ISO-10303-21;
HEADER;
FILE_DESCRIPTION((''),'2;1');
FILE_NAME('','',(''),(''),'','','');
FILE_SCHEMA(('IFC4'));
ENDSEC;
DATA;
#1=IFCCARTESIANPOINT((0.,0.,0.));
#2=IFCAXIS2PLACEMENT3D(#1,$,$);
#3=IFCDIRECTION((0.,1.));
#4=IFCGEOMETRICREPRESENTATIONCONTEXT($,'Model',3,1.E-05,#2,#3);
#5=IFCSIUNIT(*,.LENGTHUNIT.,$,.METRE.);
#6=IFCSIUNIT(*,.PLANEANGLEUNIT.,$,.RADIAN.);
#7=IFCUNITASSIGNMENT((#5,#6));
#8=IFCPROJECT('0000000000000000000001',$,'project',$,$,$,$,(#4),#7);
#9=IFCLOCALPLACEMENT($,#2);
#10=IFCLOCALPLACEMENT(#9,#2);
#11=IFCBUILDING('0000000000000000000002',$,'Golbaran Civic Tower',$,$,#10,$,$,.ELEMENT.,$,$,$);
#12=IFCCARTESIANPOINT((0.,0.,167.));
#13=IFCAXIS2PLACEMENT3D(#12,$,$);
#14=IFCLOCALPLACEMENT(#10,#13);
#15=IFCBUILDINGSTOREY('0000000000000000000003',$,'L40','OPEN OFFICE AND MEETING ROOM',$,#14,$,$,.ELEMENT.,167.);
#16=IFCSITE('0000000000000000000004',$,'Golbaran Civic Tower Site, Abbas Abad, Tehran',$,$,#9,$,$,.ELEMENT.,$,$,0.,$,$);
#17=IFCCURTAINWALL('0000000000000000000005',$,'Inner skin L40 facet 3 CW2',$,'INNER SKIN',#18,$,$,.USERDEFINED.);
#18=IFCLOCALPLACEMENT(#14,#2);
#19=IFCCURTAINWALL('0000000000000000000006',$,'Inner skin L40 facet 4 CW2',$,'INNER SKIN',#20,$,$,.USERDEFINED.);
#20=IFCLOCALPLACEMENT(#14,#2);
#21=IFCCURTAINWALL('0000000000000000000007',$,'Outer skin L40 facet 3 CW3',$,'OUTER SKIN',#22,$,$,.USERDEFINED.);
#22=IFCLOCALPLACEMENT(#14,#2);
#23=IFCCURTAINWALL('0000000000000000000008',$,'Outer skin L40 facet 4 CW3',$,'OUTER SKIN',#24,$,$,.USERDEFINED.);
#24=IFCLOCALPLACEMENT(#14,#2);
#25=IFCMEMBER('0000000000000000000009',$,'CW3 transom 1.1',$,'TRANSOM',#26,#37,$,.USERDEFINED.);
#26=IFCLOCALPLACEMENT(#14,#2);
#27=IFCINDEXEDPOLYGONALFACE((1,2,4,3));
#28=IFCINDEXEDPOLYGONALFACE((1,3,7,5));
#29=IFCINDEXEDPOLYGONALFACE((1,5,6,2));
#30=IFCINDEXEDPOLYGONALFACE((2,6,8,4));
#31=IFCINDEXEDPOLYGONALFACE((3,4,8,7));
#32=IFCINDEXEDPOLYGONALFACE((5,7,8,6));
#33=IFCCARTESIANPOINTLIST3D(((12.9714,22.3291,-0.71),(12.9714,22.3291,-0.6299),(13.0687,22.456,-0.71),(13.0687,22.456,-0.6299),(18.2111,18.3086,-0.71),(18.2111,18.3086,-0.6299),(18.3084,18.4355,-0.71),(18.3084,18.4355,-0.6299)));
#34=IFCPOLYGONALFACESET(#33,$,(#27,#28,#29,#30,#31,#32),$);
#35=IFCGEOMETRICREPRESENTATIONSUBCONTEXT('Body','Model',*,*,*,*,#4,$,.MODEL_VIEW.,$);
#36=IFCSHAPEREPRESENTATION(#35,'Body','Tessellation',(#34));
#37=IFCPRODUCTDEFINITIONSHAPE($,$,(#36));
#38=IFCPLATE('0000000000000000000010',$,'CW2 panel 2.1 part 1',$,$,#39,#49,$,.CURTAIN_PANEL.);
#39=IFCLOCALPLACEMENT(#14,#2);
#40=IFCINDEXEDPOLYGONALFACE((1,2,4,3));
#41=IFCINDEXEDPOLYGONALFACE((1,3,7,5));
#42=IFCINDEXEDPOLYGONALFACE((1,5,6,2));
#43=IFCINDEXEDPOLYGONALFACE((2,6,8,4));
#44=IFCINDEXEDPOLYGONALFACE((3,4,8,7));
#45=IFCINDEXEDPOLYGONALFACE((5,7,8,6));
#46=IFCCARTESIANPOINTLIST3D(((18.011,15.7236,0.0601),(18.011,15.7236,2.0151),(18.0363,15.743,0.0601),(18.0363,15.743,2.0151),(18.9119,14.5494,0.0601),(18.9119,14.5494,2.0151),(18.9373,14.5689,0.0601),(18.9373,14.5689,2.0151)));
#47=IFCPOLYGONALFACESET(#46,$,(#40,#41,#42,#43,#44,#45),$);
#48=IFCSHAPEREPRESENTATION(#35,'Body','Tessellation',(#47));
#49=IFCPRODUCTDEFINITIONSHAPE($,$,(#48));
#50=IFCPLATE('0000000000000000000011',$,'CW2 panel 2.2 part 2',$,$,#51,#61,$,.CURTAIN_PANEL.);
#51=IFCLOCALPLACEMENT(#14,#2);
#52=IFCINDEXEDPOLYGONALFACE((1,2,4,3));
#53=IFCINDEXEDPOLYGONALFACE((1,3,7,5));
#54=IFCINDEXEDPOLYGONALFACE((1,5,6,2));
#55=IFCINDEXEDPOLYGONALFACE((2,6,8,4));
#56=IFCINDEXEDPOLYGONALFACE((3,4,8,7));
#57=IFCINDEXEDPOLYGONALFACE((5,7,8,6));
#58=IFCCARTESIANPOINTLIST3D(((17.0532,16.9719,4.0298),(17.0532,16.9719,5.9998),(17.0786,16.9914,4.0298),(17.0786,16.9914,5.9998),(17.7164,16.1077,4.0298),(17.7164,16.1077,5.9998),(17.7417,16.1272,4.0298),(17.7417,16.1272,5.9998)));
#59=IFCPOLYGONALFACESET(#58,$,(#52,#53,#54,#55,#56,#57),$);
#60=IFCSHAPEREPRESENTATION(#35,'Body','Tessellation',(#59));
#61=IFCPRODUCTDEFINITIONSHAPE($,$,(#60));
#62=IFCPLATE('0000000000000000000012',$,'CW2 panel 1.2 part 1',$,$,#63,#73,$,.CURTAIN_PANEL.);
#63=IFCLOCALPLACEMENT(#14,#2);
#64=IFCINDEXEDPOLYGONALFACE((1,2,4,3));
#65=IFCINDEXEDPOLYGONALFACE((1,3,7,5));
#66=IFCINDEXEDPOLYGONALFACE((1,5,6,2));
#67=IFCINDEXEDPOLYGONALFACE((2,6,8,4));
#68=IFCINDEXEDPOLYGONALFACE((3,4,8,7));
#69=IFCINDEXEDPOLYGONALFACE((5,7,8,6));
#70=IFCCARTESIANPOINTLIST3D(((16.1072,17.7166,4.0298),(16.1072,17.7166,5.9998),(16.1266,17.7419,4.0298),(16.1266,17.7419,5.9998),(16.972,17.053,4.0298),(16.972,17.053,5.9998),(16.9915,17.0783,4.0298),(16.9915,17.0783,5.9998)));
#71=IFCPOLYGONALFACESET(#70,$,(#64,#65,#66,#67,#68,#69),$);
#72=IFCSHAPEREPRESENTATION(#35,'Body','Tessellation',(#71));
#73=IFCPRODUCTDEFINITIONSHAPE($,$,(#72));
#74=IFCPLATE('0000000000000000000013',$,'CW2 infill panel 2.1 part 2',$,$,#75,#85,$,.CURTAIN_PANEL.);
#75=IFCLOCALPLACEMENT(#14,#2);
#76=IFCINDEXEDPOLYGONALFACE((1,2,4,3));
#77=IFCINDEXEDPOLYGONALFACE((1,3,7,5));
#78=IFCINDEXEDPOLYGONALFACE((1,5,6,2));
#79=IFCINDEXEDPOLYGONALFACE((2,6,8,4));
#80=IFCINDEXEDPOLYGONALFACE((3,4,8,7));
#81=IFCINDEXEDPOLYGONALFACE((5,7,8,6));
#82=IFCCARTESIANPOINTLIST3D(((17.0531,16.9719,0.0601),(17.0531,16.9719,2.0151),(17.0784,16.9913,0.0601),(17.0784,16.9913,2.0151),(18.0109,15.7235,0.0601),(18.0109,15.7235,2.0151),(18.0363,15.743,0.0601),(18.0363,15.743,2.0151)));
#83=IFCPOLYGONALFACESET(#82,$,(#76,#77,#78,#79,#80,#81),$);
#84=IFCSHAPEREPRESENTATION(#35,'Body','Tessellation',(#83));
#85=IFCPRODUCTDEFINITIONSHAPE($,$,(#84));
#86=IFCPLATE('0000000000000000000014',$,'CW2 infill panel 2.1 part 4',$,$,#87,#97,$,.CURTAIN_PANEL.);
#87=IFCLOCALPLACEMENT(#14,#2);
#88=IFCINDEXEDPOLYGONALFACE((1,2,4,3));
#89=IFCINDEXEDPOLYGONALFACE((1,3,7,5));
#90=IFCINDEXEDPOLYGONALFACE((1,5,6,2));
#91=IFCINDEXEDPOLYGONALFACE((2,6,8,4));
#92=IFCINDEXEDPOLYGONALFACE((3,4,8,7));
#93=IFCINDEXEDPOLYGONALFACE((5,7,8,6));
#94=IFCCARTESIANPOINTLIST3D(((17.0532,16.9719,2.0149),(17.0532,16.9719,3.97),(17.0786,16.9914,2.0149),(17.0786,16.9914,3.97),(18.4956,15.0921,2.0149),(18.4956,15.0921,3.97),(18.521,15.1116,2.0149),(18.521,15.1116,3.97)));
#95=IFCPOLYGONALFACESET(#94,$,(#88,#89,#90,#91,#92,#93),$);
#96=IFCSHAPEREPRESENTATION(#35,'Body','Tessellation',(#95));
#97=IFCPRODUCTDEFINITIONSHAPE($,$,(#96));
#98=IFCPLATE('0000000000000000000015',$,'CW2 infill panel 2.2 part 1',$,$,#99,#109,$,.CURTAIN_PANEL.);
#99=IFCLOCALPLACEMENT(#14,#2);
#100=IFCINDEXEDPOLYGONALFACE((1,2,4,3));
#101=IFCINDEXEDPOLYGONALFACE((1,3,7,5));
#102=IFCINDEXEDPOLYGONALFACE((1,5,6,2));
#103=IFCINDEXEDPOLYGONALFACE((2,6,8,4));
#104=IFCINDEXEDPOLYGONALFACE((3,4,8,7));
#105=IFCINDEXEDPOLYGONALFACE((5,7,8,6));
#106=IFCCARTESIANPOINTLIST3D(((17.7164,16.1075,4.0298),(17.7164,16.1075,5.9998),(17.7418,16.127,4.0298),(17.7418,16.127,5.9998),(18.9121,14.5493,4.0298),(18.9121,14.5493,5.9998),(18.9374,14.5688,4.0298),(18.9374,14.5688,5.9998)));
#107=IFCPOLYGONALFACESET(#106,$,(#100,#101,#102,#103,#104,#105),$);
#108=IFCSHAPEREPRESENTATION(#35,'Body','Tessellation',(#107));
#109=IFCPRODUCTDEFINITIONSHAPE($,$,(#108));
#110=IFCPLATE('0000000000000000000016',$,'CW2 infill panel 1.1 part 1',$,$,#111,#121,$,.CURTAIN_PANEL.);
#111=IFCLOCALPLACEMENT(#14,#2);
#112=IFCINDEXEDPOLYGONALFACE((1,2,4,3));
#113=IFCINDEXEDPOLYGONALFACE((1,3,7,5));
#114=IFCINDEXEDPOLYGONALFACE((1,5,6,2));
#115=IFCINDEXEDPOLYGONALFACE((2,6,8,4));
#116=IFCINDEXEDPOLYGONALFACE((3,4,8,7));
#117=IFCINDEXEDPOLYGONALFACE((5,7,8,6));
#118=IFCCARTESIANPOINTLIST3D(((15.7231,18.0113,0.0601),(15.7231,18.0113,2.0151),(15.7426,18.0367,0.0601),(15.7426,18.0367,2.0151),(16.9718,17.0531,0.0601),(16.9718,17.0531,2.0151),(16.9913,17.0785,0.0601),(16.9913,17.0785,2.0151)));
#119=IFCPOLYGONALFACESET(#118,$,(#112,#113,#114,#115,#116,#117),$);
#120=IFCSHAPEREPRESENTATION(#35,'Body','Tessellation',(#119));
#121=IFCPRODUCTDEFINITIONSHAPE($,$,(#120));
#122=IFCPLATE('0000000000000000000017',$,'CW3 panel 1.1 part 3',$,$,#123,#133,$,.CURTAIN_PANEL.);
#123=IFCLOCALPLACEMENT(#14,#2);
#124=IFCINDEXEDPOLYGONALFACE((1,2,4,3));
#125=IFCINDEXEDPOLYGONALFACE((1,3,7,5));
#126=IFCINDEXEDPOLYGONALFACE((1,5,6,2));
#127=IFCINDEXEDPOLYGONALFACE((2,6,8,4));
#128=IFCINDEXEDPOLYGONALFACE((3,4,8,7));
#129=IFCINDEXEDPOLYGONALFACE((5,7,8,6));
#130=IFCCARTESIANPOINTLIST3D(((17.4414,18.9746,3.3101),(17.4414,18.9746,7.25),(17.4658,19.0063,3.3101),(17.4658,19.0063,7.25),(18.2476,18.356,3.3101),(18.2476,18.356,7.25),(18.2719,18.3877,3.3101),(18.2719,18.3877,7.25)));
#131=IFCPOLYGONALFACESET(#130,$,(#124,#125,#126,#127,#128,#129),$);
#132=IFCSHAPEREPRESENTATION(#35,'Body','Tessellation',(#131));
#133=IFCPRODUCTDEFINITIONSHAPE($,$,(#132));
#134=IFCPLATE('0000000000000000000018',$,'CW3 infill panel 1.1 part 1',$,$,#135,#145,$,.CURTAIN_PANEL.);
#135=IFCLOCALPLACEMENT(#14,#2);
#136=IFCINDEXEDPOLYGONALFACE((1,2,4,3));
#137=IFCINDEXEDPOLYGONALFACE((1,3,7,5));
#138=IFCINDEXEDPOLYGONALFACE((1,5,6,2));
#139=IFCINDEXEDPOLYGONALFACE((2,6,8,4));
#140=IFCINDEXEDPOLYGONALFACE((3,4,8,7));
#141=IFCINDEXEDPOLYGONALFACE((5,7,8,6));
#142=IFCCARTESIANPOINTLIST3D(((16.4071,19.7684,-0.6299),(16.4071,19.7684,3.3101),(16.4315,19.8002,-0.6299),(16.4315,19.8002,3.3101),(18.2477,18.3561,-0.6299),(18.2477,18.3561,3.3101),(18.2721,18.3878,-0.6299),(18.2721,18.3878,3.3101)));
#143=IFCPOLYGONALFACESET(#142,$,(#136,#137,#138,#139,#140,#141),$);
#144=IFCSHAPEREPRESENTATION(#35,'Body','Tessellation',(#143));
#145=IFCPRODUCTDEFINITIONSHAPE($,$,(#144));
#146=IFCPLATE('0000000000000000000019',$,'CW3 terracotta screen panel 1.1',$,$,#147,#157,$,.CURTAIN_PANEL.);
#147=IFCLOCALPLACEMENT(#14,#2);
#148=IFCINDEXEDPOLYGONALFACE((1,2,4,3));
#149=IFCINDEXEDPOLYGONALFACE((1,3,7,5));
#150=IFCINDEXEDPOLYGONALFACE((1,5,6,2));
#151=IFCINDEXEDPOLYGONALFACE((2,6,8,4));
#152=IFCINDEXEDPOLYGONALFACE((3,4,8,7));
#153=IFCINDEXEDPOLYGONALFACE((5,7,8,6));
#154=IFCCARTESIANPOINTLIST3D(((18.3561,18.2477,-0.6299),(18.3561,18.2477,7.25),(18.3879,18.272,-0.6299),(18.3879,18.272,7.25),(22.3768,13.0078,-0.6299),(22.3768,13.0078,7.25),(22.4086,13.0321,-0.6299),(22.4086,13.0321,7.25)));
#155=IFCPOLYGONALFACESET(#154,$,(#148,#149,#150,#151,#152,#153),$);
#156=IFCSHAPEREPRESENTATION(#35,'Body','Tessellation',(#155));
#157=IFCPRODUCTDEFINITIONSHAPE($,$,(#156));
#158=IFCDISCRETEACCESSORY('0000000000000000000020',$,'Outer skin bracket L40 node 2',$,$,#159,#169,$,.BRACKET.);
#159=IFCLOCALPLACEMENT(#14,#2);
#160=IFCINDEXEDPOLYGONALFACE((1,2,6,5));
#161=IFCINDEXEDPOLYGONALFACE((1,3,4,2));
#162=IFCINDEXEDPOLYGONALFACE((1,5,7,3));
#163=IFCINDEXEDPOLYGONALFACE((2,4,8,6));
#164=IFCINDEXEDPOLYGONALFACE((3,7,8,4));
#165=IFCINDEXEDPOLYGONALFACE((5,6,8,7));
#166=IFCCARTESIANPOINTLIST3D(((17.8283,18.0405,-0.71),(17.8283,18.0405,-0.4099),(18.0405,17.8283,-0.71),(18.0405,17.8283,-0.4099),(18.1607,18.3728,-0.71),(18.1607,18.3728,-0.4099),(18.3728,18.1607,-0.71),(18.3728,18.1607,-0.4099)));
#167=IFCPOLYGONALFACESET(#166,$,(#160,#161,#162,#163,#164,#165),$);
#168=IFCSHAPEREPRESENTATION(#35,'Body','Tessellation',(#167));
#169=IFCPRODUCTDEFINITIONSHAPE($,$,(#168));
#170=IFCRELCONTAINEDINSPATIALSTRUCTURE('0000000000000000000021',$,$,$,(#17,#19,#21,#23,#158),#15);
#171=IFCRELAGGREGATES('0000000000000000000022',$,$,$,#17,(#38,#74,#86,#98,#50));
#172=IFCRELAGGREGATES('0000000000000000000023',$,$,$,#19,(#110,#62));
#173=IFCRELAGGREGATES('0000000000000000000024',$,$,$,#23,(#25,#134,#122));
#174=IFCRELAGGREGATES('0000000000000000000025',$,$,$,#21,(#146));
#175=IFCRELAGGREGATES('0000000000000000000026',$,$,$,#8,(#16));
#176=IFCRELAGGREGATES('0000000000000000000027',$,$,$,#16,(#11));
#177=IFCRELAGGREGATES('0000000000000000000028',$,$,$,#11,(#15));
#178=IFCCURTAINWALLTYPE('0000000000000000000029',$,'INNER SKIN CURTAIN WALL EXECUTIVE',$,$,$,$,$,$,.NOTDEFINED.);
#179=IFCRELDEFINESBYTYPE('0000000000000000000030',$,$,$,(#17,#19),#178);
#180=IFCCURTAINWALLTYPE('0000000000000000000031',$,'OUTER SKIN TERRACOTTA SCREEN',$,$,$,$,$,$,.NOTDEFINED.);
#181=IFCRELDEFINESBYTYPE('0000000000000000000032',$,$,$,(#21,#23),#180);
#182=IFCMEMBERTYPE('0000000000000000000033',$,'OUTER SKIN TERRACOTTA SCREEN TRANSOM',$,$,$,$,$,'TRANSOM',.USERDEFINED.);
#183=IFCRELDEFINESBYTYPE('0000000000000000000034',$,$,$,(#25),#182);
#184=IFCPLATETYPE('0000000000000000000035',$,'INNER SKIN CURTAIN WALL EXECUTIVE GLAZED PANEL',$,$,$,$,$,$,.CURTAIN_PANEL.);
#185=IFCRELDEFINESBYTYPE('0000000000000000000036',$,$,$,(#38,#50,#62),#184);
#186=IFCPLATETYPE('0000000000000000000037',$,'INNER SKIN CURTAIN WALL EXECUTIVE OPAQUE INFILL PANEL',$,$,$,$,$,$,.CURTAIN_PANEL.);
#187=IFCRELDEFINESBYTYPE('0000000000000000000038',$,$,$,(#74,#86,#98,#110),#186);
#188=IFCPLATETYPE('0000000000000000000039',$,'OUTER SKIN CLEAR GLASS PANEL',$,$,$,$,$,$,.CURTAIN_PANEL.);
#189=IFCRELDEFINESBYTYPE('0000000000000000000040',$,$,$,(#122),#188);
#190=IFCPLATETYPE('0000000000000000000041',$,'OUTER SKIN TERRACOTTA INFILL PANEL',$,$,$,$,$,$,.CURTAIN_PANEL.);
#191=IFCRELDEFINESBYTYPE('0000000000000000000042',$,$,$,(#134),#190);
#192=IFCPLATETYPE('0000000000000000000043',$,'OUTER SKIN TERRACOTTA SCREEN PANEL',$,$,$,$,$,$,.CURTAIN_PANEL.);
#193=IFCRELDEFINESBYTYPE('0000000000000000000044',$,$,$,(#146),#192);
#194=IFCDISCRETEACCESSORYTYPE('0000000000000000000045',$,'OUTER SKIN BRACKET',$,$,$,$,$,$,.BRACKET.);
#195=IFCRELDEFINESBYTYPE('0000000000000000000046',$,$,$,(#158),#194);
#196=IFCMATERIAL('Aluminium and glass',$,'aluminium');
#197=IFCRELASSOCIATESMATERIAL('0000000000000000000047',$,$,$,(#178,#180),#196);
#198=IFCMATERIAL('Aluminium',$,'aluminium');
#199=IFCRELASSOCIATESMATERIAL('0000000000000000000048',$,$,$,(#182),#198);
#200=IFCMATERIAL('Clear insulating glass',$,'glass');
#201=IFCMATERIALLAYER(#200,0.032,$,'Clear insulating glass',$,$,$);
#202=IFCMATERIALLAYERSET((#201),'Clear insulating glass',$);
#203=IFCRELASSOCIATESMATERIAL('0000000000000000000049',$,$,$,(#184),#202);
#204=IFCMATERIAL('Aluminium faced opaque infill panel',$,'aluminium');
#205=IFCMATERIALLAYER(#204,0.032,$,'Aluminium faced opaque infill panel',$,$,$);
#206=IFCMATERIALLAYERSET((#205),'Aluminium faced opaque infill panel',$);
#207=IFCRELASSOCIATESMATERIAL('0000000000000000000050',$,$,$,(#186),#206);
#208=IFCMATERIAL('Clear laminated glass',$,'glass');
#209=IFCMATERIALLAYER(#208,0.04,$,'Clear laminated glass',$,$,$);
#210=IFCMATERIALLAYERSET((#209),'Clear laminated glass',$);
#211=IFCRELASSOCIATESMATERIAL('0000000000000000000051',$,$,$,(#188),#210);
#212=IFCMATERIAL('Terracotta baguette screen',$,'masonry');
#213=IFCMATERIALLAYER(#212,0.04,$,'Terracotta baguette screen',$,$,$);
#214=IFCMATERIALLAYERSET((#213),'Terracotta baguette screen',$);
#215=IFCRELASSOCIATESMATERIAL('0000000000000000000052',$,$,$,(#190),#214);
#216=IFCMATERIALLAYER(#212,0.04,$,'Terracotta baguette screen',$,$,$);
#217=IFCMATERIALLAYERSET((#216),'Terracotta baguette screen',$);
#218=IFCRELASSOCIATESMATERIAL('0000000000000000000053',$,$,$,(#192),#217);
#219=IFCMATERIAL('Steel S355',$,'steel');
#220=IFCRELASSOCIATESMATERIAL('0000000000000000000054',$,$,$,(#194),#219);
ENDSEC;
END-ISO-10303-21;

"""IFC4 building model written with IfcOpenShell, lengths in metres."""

from ifc_helpers import new_model, si_unit, direction, frame, origin, origin_2d, place, context, subcontext, project, spatial, rectangle, extrude, material, layer, layer_set, material_profile, profile_set, type_object, element, aggregate, save


model = new_model("IFC4")

# Units and contexts
model_context = context("Model", 3, precision=1e-05, world=origin(), true_north=direction((0.0, 1.0)))
body_context = subcontext(model_context, "Body", "Model", "MODEL_VIEW")
ifc_project = project(units=[si_unit("LENGTHUNIT", "METRE"), si_unit("PLANEANGLEUNIT", "RADIAN")], contexts=[model_context])

# Site, building, storey
site_placement = place(None, origin())
site = spatial("IfcSite", under=ifc_project, at=site_placement, Name="Golbaran Civic Tower Site, Abbas Abad, Tehran", CompositionType="ELEMENT", RefElevation=0.0)
building_placement = place(site_placement, origin())
building = spatial("IfcBuilding", under=site, at=building_placement, Name="Golbaran Civic Tower", CompositionType="ELEMENT")
storey_placement = place(building_placement, frame((0.0, 0.0, 167.0)))
storey = spatial("IfcBuildingStorey", under=building, at=storey_placement, Name="L40", Description="OPEN OFFICE AND MEETING ROOM", CompositionType="ELEMENT", Elevation=167.0)

# Shared definitions
ifc_material_1 = material(Name="Steel S355", Category="steel")

# Curtain wall
ifc_material_2 = material(Name="Aluminium and glass", Category="aluminium")
curtain_wall_type_1 = type_object("IfcCurtainWallType", Name="INNER SKIN CURTAIN WALL EXECUTIVE", PredefinedType="NOTDEFINED", material=ifc_material_2)
curtain_wall_1_placement = place(storey_placement, origin())
curtain_wall_1 = element("IfcCurtainWall", 1, at=curtain_wall_1_placement, inside=storey, type_object=curtain_wall_type_1, Name="Inner skin L40 facet 3 CW2", ObjectType="INNER SKIN", PredefinedType="USERDEFINED")
ifc_material_3 = material(Name="Aluminium", Category="aluminium")

# Curtain wall
curtain_wall_2_placement = place(storey_placement, origin())
curtain_wall_2 = element("IfcCurtainWall", 2, at=curtain_wall_2_placement, inside=storey, type_object=curtain_wall_type_1, Name="Inner skin L40 facet 4 CW2", ObjectType="INNER SKIN", PredefinedType="USERDEFINED")

# Curtain wall
curtain_wall_type_2 = type_object("IfcCurtainWallType", Name="OUTER SKIN TERRACOTTA SCREEN", PredefinedType="NOTDEFINED", material=ifc_material_2)
curtain_wall_3_placement = place(storey_placement, origin())
curtain_wall_3 = element("IfcCurtainWall", 3, at=curtain_wall_3_placement, inside=storey, type_object=curtain_wall_type_2, Name="Outer skin L40 facet 3 CW3", ObjectType="OUTER SKIN", PredefinedType="USERDEFINED")

# Curtain wall, member
curtain_wall_4_placement = place(storey_placement, origin())
curtain_wall_4 = element("IfcCurtainWall", 4, at=curtain_wall_4_placement, inside=storey, type_object=curtain_wall_type_2, Name="Outer skin L40 facet 4 CW3", ObjectType="OUTER SKIN", PredefinedType="USERDEFINED")
ifc_material_profile_1 = material_profile(ifc_material_3, rectangle(XDim=0.1599, YDim=0.0801, at=origin_2d()), Name="OUTER SKIN TERRACOTTA SCREEN TRANSOM")
ifc_profile_set_1 = profile_set([ifc_material_profile_1], Name="Aluminium")
member_type_1 = type_object("IfcMemberType", Name="OUTER SKIN TERRACOTTA SCREEN TRANSOM", ElementType="TRANSOM", PredefinedType="USERDEFINED", material=ifc_profile_set_1)
member_1_placement = place(storey_placement, frame((18.2598, 18.3721, -0.6699), z_axis=(-0.79336, 0.608753, 0.0), x_axis=(-0.608753, -0.79336, 0.0)))
member_1 = element("IfcMember", 5, at=member_1_placement, type_object=member_type_1, Name="CW3 transom 1.1", ObjectType="TRANSOM", PredefinedType="USERDEFINED", context=body_context, shape_type="SweptSolid", body=[
    extrude(rectangle(XDim=0.1599, YDim=0.0801, at=origin_2d()), origin(), (0.0, 0.0, 1.0), 6.6045),
])

# Plates
ifc_material_4 = material(Name="Clear insulating glass", Category="glass")
ifc_layer_1 = layer(ifc_material_4, 0.032, Name="Clear insulating glass")
ifc_layer_set_1 = layer_set([ifc_layer_1], Name="Clear insulating glass")
plate_type_1 = type_object("IfcPlateType", Name="INNER SKIN CURTAIN WALL EXECUTIVE GLAZED PANEL", PredefinedType="CURTAIN_PANEL", material=ifc_layer_set_1)
plate_1_placement = place(storey_placement, frame((18.4741, 15.1462, 0.0601), z_axis=(0.0, 0.0, 1.0), x_axis=(-0.608761, 0.793353, 0.0)))
plate_1 = element("IfcPlate", 6, at=plate_1_placement, type_object=plate_type_1, Name="CW2 panel 2.1 part 1", PredefinedType="CURTAIN_PANEL", context=body_context, shape_type="SweptSolid", body=[
    extrude(rectangle(XDim=1.48, YDim=0.032, at=origin_2d()), origin(), (0.0, 0.0, 1.0), 1.9551),
])
plate_2_placement = place(storey_placement, frame((17.3975, 16.5496, 4.0298), z_axis=(0.0, 0.0, 1.0), x_axis=(-0.608761, 0.793353, 0.0)))
plate_2 = element("IfcPlate", 7, at=plate_2_placement, type_object=plate_type_1, Name="CW2 panel 2.2 part 2", PredefinedType="CURTAIN_PANEL", context=body_context, shape_type="SweptSolid", body=[
    extrude(rectangle(XDim=1.0894, YDim=0.032, at=origin_2d()), origin(), (0.0, 0.0, 1.0), 1.97),
])
plate_3_placement = place(storey_placement, frame((16.5493, 17.3975, 4.0298), z_axis=(0.0, 0.0, 1.0), x_axis=(-0.793353, 0.608761, 0.0)))
plate_3 = element("IfcPlate", 8, at=plate_3_placement, type_object=plate_type_1, Name="CW2 panel 1.2 part 1", PredefinedType="CURTAIN_PANEL", context=body_context, shape_type="SweptSolid", body=[
    extrude(rectangle(XDim=1.0901, YDim=0.032, at=origin_2d()), origin(), (0.0, 0.0, 1.0), 1.97),
])
ifc_material_5 = material(Name="Aluminium faced opaque infill panel", Category="aluminium")
ifc_layer_2 = layer(ifc_material_5, 0.032, Name="Aluminium faced opaque infill panel")
ifc_layer_set_2 = layer_set([ifc_layer_2], Name="Aluminium faced opaque infill panel")
plate_type_2 = type_object("IfcPlateType", Name="INNER SKIN CURTAIN WALL EXECUTIVE OPAQUE INFILL PANEL", PredefinedType="CURTAIN_PANEL", material=ifc_layer_set_2)
plate_4_placement = place(storey_placement, frame((17.5447, 16.3574, 0.0601), z_axis=(0.0, 0.0, 1.0), x_axis=(-0.608761, 0.793353, 0.0)))
plate_4 = element("IfcPlate", 9, at=plate_4_placement, type_object=plate_type_2, Name="CW2 infill panel 2.1 part 2", PredefinedType="CURTAIN_PANEL", context=body_context, shape_type="SweptSolid", body=[
    extrude(rectangle(XDim=1.5735, YDim=0.032, at=origin_2d()), origin(), (0.0, 0.0, 1.0), 1.9551),
])
plate_5_placement = place(storey_placement, frame((17.7871, 16.0417, 2.0149), z_axis=(0.0, 0.0, 1.0), x_axis=(-0.608761, 0.793353, 0.0)))
plate_5 = element("IfcPlate", 10, at=plate_5_placement, type_object=plate_type_2, Name="CW2 infill panel 2.1 part 4", PredefinedType="CURTAIN_PANEL", context=body_context, shape_type="SweptSolid", body=[
    extrude(rectangle(XDim=2.3694, YDim=0.032, at=origin_2d()), origin(), (0.0, 0.0, 1.0), 1.9551),
])
plate_6_placement = place(storey_placement, frame((18.3269, 15.3381, 4.0298), z_axis=(0.0, 0.0, 1.0), x_axis=(-0.608761, 0.793353, 0.0)))
plate_6 = element("IfcPlate", 11, at=plate_6_placement, type_object=plate_type_2, Name="CW2 infill panel 2.2 part 1", PredefinedType="CURTAIN_PANEL", context=body_context, shape_type="SweptSolid", body=[
    extrude(rectangle(XDim=1.9641, YDim=0.032, at=origin_2d()), origin(), (0.0, 0.0, 1.0), 1.97),
])
aggregate(curtain_wall_1, [plate_1, plate_4, plate_5, plate_6, plate_2])
plate_7_placement = place(storey_placement, frame((16.3572, 17.5449, 0.0601), z_axis=(0.0, 0.0, 1.0), x_axis=(-0.793353, 0.608761, 0.0)))
plate_7 = element("IfcPlate", 12, at=plate_7_placement, type_object=plate_type_2, Name="CW2 infill panel 1.1 part 1", PredefinedType="CURTAIN_PANEL", context=body_context, shape_type="SweptSolid", body=[
    extrude(rectangle(XDim=1.574, YDim=0.032, at=origin_2d()), origin(), (0.0, 0.0, 1.0), 1.9551),
])
aggregate(curtain_wall_2, [plate_7, plate_3])
ifc_material_6 = material(Name="Clear laminated glass", Category="glass")
ifc_layer_3 = layer(ifc_material_6, 0.04, Name="Clear laminated glass")
ifc_layer_set_3 = layer_set([ifc_layer_3], Name="Clear laminated glass")
plate_type_3 = type_object("IfcPlateType", Name="OUTER SKIN CLEAR GLASS PANEL", PredefinedType="CURTAIN_PANEL", material=ifc_layer_set_3)
plate_8_placement = place(storey_placement, frame((17.8567, 18.6812, 3.3101), z_axis=(0.0, 0.0, 1.0), x_axis=(-0.793353, 0.608761, 0.0)))
plate_8 = element("IfcPlate", 13, at=plate_8_placement, type_object=plate_type_3, Name="CW3 panel 1.1 part 3", PredefinedType="CURTAIN_PANEL", context=body_context, shape_type="SweptSolid", body=[
    extrude(rectangle(XDim=1.0161, YDim=0.04, at=origin_2d()), origin(), (0.0, 0.0, 1.0), 3.9399),
])
ifc_material_7 = material(Name="Terracotta baguette screen", Category="masonry")
ifc_layer_4 = layer(ifc_material_7, 0.04, Name="Terracotta baguette screen")
ifc_layer_set_4 = layer_set([ifc_layer_4], Name="Terracotta baguette screen")
plate_type_4 = type_object("IfcPlateType", Name="OUTER SKIN TERRACOTTA INFILL PANEL", PredefinedType="CURTAIN_PANEL", material=ifc_layer_set_4)
plate_9_placement = place(storey_placement, frame((17.3396, 19.0781, -0.6299), z_axis=(0.0, 0.0, 1.0), x_axis=(-0.793353, 0.608761, 0.0)))
plate_9 = element("IfcPlate", 14, at=plate_9_placement, type_object=plate_type_4, Name="CW3 infill panel 1.1 part 1", PredefinedType="CURTAIN_PANEL", context=body_context, shape_type="SweptSolid", body=[
    extrude(rectangle(XDim=2.3201, YDim=0.04, at=origin_2d()), origin(), (0.0, 0.0, 1.0), 3.9399),
])
aggregate(curtain_wall_4, [member_1, plate_9, plate_8])
ifc_layer_5 = layer(ifc_material_7, 0.04, Name="Terracotta baguette screen")
ifc_layer_set_5 = layer_set([ifc_layer_5], Name="Terracotta baguette screen")
plate_type_5 = type_object("IfcPlateType", Name="OUTER SKIN TERRACOTTA SCREEN PANEL", PredefinedType="CURTAIN_PANEL", material=ifc_layer_set_5)
plate_10_placement = place(storey_placement, frame((20.3823, 15.6399, -0.6299), z_axis=(0.0, 0.0, 1.0), x_axis=(-0.608761, 0.793353, 0.0)))
plate_10 = element("IfcPlate", 15, at=plate_10_placement, type_object=plate_type_5, Name="CW3 terracotta screen panel 1.1", PredefinedType="CURTAIN_PANEL", context=body_context, shape_type="SweptSolid", body=[
    extrude(rectangle(XDim=6.6047, YDim=0.04, at=origin_2d()), origin(), (0.0, 0.0, 1.0), 7.8799),
])
aggregate(curtain_wall_3, [plate_10])

# Discrete accessory
discrete_accessory_type = type_object("IfcDiscreteAccessoryType", Name="OUTER SKIN BRACKET", PredefinedType="BRACKET", material=ifc_material_1)
discrete_accessory_placement = place(storey_placement, frame((18.1006, 18.1006, -0.71), z_axis=(0.0, 0.0, 1.0), x_axis=(0.707107, 0.707107, 0.0)))
element("IfcDiscreteAccessory", 16, at=discrete_accessory_placement, inside=storey, type_object=discrete_accessory_type, Name="Outer skin bracket L40 node 2", PredefinedType="BRACKET", context=body_context, shape_type="SweptSolid", body=[
    extrude(rectangle(XDim=0.47, YDim=0.3, at=origin_2d()), origin(), (0.0, 0.0, 1.0), 0.3),
])

save(model, "model.ifc")
